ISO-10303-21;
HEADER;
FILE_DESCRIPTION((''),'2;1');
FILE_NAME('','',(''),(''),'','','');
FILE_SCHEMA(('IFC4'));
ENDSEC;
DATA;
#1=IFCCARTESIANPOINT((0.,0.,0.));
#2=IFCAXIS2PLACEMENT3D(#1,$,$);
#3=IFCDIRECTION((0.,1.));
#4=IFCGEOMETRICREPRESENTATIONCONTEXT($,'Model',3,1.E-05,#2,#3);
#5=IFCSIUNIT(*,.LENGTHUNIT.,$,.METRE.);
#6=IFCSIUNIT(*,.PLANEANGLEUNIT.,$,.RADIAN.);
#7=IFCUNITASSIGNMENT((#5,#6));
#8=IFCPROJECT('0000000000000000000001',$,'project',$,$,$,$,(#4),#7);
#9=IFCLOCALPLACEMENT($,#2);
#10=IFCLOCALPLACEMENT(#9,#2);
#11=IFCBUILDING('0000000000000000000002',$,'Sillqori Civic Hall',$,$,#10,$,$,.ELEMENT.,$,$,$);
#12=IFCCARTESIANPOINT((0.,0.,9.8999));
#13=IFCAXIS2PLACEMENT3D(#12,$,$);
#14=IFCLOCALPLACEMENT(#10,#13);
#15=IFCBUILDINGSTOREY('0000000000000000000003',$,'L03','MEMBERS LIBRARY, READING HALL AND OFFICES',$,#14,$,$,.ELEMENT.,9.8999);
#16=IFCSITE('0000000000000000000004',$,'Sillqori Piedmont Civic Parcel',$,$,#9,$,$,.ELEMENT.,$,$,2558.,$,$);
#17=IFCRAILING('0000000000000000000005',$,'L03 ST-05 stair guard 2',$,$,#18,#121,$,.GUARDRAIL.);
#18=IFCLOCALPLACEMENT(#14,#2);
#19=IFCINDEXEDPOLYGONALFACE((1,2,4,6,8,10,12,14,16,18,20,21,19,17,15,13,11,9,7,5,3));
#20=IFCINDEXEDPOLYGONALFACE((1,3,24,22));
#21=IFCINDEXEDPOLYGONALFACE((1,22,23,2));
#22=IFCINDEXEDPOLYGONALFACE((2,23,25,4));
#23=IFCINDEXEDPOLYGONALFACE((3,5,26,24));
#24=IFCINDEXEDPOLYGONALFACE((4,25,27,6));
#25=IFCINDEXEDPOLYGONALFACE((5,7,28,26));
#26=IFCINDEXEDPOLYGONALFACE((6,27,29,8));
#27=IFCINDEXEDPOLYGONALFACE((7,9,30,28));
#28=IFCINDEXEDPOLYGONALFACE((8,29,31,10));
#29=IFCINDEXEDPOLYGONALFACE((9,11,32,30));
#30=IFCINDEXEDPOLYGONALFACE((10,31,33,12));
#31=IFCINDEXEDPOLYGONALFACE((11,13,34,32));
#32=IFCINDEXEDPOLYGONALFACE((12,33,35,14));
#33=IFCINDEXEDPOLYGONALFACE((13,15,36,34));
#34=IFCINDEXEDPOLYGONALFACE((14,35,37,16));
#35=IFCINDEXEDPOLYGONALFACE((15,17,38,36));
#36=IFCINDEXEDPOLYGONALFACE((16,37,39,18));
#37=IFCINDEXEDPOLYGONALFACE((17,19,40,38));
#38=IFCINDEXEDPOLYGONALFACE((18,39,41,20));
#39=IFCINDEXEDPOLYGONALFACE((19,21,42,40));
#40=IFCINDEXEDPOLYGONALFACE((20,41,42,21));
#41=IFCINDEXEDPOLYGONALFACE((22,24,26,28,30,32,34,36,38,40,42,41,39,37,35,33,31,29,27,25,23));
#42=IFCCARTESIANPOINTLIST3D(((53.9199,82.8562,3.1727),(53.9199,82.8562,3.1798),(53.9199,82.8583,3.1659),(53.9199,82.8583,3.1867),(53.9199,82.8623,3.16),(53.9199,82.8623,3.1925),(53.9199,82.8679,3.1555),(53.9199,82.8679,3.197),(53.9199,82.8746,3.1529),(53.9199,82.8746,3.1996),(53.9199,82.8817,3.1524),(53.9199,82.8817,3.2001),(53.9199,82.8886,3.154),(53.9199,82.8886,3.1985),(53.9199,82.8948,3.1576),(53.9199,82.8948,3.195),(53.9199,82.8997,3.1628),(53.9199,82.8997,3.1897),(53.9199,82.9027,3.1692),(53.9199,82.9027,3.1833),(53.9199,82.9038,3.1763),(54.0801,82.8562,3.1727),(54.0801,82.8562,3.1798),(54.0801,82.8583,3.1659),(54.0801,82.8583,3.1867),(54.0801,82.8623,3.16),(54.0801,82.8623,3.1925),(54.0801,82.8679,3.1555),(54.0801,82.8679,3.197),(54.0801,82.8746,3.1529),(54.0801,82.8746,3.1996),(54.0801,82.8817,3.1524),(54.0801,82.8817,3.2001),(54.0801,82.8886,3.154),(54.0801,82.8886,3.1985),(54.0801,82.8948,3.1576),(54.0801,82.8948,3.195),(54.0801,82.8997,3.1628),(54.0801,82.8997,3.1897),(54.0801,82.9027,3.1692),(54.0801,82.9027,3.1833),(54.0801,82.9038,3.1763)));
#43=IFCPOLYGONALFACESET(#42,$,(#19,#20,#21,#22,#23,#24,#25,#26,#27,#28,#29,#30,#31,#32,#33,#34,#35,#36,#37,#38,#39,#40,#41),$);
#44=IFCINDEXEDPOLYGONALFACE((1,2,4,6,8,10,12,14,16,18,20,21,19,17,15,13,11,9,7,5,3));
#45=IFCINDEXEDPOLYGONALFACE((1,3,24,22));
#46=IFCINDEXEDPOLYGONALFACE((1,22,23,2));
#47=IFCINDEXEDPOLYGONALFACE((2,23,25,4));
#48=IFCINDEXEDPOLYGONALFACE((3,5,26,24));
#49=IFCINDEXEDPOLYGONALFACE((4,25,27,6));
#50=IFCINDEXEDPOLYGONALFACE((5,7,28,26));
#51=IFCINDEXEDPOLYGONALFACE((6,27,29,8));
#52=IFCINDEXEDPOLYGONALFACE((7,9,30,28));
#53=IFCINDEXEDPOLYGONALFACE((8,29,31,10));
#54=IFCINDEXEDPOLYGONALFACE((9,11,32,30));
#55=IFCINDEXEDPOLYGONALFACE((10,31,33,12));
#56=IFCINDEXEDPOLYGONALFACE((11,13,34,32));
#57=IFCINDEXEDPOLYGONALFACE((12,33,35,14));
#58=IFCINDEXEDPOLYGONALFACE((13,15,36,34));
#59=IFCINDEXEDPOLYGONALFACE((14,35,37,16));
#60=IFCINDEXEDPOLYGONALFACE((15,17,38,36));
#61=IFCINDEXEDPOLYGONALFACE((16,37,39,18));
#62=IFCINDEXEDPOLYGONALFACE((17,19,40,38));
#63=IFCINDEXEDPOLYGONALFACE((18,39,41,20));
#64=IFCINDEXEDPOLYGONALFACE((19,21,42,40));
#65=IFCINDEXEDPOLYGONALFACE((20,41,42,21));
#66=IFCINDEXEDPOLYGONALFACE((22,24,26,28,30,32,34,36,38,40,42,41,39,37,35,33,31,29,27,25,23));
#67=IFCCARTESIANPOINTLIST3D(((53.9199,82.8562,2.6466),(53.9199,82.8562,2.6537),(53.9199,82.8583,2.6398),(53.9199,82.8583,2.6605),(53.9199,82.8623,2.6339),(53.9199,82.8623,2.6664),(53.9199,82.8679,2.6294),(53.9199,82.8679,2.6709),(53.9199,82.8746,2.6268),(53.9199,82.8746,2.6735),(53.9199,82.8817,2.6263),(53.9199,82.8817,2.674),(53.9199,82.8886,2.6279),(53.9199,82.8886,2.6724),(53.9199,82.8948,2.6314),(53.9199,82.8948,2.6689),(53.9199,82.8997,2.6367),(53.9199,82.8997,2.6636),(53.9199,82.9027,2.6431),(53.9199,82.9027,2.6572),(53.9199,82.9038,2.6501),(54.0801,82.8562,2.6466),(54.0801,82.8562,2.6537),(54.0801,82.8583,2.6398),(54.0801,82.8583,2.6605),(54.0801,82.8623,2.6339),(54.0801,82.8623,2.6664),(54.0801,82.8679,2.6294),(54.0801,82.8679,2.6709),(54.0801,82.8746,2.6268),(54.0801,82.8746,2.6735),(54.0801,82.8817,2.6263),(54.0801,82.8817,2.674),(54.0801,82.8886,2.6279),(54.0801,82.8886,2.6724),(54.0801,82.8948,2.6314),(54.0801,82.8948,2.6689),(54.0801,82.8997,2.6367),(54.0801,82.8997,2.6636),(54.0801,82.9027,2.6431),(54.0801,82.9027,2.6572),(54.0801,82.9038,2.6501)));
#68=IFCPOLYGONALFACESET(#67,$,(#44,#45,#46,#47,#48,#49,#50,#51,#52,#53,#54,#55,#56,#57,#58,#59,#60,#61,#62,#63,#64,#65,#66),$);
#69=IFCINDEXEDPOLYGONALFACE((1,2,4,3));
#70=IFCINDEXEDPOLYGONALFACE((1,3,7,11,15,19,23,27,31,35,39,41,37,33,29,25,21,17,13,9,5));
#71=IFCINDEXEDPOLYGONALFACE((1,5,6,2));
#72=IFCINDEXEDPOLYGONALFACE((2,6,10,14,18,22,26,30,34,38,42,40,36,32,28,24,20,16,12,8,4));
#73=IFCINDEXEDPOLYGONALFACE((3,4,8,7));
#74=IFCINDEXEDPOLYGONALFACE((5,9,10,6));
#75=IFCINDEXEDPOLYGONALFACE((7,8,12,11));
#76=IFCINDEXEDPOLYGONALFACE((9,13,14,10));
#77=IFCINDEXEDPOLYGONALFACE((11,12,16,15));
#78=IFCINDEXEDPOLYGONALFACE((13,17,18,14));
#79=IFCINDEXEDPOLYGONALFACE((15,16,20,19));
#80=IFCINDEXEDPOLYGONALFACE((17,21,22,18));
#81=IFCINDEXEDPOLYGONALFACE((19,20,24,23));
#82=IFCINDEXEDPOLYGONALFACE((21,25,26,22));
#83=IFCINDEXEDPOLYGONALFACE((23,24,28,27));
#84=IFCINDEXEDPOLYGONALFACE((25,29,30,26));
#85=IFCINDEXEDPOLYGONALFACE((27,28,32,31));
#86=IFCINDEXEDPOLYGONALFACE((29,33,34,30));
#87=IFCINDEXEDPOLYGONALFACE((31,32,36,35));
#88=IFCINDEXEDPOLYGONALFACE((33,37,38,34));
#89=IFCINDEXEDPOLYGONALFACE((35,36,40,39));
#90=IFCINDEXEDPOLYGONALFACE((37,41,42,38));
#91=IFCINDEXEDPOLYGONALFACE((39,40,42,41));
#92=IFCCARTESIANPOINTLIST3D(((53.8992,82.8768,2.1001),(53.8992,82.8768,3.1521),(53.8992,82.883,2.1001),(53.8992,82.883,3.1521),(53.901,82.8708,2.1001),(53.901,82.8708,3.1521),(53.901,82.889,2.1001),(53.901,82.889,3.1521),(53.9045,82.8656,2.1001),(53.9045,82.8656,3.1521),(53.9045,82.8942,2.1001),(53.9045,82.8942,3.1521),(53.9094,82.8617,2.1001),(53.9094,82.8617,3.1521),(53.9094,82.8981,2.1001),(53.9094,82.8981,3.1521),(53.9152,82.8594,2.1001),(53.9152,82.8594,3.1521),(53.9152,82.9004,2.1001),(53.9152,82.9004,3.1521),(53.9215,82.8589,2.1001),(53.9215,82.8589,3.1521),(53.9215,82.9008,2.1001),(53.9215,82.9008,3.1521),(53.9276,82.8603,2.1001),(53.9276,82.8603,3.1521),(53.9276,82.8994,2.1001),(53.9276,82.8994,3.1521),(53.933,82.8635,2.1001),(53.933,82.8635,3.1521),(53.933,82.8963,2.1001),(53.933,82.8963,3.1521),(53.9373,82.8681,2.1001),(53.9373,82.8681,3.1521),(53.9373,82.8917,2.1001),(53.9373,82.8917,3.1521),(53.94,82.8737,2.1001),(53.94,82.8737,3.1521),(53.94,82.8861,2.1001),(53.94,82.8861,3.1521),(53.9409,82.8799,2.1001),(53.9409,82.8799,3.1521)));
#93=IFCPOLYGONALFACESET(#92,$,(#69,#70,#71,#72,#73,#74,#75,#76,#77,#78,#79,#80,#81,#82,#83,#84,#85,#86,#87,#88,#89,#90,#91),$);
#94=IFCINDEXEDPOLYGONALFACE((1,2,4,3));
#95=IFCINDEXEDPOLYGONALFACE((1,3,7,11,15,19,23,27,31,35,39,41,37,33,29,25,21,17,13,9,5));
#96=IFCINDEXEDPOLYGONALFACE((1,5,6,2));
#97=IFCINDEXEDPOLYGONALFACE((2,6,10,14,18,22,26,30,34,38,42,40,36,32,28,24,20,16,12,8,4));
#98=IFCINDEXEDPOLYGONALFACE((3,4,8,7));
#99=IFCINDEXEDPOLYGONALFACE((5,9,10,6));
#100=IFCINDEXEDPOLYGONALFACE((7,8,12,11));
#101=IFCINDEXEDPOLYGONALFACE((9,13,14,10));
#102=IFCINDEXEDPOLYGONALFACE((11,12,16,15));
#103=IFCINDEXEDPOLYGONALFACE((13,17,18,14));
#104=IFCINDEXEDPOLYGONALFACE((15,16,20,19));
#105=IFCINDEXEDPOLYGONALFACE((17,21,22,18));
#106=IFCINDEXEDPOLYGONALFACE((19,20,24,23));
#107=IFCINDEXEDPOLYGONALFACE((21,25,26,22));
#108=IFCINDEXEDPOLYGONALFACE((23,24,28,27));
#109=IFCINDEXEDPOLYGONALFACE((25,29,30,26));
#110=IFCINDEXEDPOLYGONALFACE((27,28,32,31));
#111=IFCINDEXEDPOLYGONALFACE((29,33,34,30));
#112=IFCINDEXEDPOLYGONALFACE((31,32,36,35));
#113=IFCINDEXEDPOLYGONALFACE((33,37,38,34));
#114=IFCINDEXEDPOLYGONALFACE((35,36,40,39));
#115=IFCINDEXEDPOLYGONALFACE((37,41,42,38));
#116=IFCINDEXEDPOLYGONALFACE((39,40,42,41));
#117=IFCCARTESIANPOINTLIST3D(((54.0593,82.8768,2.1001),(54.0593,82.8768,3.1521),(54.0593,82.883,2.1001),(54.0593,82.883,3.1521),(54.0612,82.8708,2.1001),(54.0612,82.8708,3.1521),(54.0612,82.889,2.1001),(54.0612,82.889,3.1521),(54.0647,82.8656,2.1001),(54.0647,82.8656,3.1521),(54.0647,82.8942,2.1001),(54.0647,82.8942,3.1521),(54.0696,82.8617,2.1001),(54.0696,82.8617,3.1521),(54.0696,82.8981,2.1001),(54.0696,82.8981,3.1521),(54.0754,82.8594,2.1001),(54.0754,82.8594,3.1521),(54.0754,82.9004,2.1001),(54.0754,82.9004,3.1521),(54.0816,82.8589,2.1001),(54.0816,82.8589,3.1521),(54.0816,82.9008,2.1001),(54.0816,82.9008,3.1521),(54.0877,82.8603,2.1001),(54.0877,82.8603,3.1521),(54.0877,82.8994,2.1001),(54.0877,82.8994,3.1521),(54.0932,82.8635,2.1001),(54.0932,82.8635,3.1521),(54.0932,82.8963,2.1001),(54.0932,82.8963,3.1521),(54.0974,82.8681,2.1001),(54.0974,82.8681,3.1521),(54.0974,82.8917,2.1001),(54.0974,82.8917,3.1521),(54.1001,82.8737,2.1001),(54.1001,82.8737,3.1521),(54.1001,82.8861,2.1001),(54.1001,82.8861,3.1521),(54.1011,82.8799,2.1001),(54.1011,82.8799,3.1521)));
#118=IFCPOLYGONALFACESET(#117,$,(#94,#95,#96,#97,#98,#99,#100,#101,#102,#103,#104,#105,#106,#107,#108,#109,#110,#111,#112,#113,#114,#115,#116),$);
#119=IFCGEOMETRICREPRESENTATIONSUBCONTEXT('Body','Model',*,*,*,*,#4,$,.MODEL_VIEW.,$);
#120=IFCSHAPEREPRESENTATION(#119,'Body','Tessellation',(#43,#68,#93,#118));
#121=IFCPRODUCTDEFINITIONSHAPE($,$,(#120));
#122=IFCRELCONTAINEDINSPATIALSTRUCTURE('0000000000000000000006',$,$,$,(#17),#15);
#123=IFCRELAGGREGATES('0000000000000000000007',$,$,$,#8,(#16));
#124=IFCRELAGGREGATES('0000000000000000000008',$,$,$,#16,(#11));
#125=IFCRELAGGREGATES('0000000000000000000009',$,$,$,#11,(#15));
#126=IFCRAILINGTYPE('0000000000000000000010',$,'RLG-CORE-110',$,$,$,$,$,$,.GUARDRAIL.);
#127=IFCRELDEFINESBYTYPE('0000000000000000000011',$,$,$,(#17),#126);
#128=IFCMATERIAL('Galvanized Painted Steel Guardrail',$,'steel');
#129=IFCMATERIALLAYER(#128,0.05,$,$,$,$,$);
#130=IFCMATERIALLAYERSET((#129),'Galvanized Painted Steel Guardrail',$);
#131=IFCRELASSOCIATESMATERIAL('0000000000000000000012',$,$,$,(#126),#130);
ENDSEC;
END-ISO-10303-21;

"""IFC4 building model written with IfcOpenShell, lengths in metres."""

from ifc_helpers import new_model, si_unit, direction, frame, origin, origin_2d, place, context, subcontext, project, spatial, circle, extrude, material, layer, layer_set, type_object, element, save


model = new_model("IFC4")

# Units and contexts
model_context = context("Model", 3, precision=1e-05, world=origin(), true_north=direction((0.0, 1.0)))
body_context = subcontext(model_context, "Body", "Model", "MODEL_VIEW")
ifc_project = project(units=[si_unit("LENGTHUNIT", "METRE"), si_unit("PLANEANGLEUNIT", "RADIAN")], contexts=[model_context])

# Site, building, storey
site_placement = place(None, origin())
site = spatial("IfcSite", under=ifc_project, at=site_placement, Name="Sillqori Piedmont Civic Parcel", CompositionType="ELEMENT", RefElevation=2558.0)
building_placement = place(site_placement, origin())
building = spatial("IfcBuilding", under=site, at=building_placement, Name="Sillqori Civic Hall", CompositionType="ELEMENT")
storey_placement = place(building_placement, frame((0.0, 0.0, 9.8999)))
storey = spatial("IfcBuildingStorey", under=building, at=storey_placement, Name="L03", Description="MEMBERS LIBRARY, READING HALL AND OFFICES", CompositionType="ELEMENT", Elevation=9.8999)

# Railing
ifc_material_1 = material(Name="Galvanized Painted Steel Guardrail", Category="steel")
ifc_layer_1 = layer(ifc_material_1, 0.05)
ifc_layer_set_1 = layer_set([ifc_layer_1], Name="Galvanized Painted Steel Guardrail")
railing_type_1 = type_object("IfcRailingType", Name="RLG-CORE-110", PredefinedType="GUARDRAIL", material=ifc_layer_set_1)
railing_1_placement = place(storey_placement, frame((53.9199, 82.8799, 2.1001)))
element("IfcRailing", 1, at=railing_1_placement, inside=storey, type_object=railing_type_1, Name="L03 ST-05 stair guard 2", PredefinedType="GUARDRAIL", context=body_context, shape_type="SweptSolid", body=[
    extrude(circle(Radius=0.0239, at=origin_2d()), frame((0.0, 0.0, 1.0762), z_axis=(1.0, 0.0, 0.0), x_axis=(0.0, 1.0, 0.0)), (0.0, 0.0, 1.0), 0.1602),
    extrude(circle(Radius=0.0239, at=origin_2d()), frame((0.0, 0.0, 0.55), z_axis=(1.0, 0.0, 0.0), x_axis=(0.0, 1.0, 0.0)), (0.0, 0.0, 1.0), 0.1602),
    extrude(circle(Radius=0.021, at=origin_2d()), origin(), (0.0, 0.0, 1.0), 1.052),
    extrude(circle(Radius=0.021, at=origin_2d()), frame((0.1602, 0.0, 0.0)), (0.0, 0.0, 1.0), 1.052),
])

save(model, "model.ifc")
